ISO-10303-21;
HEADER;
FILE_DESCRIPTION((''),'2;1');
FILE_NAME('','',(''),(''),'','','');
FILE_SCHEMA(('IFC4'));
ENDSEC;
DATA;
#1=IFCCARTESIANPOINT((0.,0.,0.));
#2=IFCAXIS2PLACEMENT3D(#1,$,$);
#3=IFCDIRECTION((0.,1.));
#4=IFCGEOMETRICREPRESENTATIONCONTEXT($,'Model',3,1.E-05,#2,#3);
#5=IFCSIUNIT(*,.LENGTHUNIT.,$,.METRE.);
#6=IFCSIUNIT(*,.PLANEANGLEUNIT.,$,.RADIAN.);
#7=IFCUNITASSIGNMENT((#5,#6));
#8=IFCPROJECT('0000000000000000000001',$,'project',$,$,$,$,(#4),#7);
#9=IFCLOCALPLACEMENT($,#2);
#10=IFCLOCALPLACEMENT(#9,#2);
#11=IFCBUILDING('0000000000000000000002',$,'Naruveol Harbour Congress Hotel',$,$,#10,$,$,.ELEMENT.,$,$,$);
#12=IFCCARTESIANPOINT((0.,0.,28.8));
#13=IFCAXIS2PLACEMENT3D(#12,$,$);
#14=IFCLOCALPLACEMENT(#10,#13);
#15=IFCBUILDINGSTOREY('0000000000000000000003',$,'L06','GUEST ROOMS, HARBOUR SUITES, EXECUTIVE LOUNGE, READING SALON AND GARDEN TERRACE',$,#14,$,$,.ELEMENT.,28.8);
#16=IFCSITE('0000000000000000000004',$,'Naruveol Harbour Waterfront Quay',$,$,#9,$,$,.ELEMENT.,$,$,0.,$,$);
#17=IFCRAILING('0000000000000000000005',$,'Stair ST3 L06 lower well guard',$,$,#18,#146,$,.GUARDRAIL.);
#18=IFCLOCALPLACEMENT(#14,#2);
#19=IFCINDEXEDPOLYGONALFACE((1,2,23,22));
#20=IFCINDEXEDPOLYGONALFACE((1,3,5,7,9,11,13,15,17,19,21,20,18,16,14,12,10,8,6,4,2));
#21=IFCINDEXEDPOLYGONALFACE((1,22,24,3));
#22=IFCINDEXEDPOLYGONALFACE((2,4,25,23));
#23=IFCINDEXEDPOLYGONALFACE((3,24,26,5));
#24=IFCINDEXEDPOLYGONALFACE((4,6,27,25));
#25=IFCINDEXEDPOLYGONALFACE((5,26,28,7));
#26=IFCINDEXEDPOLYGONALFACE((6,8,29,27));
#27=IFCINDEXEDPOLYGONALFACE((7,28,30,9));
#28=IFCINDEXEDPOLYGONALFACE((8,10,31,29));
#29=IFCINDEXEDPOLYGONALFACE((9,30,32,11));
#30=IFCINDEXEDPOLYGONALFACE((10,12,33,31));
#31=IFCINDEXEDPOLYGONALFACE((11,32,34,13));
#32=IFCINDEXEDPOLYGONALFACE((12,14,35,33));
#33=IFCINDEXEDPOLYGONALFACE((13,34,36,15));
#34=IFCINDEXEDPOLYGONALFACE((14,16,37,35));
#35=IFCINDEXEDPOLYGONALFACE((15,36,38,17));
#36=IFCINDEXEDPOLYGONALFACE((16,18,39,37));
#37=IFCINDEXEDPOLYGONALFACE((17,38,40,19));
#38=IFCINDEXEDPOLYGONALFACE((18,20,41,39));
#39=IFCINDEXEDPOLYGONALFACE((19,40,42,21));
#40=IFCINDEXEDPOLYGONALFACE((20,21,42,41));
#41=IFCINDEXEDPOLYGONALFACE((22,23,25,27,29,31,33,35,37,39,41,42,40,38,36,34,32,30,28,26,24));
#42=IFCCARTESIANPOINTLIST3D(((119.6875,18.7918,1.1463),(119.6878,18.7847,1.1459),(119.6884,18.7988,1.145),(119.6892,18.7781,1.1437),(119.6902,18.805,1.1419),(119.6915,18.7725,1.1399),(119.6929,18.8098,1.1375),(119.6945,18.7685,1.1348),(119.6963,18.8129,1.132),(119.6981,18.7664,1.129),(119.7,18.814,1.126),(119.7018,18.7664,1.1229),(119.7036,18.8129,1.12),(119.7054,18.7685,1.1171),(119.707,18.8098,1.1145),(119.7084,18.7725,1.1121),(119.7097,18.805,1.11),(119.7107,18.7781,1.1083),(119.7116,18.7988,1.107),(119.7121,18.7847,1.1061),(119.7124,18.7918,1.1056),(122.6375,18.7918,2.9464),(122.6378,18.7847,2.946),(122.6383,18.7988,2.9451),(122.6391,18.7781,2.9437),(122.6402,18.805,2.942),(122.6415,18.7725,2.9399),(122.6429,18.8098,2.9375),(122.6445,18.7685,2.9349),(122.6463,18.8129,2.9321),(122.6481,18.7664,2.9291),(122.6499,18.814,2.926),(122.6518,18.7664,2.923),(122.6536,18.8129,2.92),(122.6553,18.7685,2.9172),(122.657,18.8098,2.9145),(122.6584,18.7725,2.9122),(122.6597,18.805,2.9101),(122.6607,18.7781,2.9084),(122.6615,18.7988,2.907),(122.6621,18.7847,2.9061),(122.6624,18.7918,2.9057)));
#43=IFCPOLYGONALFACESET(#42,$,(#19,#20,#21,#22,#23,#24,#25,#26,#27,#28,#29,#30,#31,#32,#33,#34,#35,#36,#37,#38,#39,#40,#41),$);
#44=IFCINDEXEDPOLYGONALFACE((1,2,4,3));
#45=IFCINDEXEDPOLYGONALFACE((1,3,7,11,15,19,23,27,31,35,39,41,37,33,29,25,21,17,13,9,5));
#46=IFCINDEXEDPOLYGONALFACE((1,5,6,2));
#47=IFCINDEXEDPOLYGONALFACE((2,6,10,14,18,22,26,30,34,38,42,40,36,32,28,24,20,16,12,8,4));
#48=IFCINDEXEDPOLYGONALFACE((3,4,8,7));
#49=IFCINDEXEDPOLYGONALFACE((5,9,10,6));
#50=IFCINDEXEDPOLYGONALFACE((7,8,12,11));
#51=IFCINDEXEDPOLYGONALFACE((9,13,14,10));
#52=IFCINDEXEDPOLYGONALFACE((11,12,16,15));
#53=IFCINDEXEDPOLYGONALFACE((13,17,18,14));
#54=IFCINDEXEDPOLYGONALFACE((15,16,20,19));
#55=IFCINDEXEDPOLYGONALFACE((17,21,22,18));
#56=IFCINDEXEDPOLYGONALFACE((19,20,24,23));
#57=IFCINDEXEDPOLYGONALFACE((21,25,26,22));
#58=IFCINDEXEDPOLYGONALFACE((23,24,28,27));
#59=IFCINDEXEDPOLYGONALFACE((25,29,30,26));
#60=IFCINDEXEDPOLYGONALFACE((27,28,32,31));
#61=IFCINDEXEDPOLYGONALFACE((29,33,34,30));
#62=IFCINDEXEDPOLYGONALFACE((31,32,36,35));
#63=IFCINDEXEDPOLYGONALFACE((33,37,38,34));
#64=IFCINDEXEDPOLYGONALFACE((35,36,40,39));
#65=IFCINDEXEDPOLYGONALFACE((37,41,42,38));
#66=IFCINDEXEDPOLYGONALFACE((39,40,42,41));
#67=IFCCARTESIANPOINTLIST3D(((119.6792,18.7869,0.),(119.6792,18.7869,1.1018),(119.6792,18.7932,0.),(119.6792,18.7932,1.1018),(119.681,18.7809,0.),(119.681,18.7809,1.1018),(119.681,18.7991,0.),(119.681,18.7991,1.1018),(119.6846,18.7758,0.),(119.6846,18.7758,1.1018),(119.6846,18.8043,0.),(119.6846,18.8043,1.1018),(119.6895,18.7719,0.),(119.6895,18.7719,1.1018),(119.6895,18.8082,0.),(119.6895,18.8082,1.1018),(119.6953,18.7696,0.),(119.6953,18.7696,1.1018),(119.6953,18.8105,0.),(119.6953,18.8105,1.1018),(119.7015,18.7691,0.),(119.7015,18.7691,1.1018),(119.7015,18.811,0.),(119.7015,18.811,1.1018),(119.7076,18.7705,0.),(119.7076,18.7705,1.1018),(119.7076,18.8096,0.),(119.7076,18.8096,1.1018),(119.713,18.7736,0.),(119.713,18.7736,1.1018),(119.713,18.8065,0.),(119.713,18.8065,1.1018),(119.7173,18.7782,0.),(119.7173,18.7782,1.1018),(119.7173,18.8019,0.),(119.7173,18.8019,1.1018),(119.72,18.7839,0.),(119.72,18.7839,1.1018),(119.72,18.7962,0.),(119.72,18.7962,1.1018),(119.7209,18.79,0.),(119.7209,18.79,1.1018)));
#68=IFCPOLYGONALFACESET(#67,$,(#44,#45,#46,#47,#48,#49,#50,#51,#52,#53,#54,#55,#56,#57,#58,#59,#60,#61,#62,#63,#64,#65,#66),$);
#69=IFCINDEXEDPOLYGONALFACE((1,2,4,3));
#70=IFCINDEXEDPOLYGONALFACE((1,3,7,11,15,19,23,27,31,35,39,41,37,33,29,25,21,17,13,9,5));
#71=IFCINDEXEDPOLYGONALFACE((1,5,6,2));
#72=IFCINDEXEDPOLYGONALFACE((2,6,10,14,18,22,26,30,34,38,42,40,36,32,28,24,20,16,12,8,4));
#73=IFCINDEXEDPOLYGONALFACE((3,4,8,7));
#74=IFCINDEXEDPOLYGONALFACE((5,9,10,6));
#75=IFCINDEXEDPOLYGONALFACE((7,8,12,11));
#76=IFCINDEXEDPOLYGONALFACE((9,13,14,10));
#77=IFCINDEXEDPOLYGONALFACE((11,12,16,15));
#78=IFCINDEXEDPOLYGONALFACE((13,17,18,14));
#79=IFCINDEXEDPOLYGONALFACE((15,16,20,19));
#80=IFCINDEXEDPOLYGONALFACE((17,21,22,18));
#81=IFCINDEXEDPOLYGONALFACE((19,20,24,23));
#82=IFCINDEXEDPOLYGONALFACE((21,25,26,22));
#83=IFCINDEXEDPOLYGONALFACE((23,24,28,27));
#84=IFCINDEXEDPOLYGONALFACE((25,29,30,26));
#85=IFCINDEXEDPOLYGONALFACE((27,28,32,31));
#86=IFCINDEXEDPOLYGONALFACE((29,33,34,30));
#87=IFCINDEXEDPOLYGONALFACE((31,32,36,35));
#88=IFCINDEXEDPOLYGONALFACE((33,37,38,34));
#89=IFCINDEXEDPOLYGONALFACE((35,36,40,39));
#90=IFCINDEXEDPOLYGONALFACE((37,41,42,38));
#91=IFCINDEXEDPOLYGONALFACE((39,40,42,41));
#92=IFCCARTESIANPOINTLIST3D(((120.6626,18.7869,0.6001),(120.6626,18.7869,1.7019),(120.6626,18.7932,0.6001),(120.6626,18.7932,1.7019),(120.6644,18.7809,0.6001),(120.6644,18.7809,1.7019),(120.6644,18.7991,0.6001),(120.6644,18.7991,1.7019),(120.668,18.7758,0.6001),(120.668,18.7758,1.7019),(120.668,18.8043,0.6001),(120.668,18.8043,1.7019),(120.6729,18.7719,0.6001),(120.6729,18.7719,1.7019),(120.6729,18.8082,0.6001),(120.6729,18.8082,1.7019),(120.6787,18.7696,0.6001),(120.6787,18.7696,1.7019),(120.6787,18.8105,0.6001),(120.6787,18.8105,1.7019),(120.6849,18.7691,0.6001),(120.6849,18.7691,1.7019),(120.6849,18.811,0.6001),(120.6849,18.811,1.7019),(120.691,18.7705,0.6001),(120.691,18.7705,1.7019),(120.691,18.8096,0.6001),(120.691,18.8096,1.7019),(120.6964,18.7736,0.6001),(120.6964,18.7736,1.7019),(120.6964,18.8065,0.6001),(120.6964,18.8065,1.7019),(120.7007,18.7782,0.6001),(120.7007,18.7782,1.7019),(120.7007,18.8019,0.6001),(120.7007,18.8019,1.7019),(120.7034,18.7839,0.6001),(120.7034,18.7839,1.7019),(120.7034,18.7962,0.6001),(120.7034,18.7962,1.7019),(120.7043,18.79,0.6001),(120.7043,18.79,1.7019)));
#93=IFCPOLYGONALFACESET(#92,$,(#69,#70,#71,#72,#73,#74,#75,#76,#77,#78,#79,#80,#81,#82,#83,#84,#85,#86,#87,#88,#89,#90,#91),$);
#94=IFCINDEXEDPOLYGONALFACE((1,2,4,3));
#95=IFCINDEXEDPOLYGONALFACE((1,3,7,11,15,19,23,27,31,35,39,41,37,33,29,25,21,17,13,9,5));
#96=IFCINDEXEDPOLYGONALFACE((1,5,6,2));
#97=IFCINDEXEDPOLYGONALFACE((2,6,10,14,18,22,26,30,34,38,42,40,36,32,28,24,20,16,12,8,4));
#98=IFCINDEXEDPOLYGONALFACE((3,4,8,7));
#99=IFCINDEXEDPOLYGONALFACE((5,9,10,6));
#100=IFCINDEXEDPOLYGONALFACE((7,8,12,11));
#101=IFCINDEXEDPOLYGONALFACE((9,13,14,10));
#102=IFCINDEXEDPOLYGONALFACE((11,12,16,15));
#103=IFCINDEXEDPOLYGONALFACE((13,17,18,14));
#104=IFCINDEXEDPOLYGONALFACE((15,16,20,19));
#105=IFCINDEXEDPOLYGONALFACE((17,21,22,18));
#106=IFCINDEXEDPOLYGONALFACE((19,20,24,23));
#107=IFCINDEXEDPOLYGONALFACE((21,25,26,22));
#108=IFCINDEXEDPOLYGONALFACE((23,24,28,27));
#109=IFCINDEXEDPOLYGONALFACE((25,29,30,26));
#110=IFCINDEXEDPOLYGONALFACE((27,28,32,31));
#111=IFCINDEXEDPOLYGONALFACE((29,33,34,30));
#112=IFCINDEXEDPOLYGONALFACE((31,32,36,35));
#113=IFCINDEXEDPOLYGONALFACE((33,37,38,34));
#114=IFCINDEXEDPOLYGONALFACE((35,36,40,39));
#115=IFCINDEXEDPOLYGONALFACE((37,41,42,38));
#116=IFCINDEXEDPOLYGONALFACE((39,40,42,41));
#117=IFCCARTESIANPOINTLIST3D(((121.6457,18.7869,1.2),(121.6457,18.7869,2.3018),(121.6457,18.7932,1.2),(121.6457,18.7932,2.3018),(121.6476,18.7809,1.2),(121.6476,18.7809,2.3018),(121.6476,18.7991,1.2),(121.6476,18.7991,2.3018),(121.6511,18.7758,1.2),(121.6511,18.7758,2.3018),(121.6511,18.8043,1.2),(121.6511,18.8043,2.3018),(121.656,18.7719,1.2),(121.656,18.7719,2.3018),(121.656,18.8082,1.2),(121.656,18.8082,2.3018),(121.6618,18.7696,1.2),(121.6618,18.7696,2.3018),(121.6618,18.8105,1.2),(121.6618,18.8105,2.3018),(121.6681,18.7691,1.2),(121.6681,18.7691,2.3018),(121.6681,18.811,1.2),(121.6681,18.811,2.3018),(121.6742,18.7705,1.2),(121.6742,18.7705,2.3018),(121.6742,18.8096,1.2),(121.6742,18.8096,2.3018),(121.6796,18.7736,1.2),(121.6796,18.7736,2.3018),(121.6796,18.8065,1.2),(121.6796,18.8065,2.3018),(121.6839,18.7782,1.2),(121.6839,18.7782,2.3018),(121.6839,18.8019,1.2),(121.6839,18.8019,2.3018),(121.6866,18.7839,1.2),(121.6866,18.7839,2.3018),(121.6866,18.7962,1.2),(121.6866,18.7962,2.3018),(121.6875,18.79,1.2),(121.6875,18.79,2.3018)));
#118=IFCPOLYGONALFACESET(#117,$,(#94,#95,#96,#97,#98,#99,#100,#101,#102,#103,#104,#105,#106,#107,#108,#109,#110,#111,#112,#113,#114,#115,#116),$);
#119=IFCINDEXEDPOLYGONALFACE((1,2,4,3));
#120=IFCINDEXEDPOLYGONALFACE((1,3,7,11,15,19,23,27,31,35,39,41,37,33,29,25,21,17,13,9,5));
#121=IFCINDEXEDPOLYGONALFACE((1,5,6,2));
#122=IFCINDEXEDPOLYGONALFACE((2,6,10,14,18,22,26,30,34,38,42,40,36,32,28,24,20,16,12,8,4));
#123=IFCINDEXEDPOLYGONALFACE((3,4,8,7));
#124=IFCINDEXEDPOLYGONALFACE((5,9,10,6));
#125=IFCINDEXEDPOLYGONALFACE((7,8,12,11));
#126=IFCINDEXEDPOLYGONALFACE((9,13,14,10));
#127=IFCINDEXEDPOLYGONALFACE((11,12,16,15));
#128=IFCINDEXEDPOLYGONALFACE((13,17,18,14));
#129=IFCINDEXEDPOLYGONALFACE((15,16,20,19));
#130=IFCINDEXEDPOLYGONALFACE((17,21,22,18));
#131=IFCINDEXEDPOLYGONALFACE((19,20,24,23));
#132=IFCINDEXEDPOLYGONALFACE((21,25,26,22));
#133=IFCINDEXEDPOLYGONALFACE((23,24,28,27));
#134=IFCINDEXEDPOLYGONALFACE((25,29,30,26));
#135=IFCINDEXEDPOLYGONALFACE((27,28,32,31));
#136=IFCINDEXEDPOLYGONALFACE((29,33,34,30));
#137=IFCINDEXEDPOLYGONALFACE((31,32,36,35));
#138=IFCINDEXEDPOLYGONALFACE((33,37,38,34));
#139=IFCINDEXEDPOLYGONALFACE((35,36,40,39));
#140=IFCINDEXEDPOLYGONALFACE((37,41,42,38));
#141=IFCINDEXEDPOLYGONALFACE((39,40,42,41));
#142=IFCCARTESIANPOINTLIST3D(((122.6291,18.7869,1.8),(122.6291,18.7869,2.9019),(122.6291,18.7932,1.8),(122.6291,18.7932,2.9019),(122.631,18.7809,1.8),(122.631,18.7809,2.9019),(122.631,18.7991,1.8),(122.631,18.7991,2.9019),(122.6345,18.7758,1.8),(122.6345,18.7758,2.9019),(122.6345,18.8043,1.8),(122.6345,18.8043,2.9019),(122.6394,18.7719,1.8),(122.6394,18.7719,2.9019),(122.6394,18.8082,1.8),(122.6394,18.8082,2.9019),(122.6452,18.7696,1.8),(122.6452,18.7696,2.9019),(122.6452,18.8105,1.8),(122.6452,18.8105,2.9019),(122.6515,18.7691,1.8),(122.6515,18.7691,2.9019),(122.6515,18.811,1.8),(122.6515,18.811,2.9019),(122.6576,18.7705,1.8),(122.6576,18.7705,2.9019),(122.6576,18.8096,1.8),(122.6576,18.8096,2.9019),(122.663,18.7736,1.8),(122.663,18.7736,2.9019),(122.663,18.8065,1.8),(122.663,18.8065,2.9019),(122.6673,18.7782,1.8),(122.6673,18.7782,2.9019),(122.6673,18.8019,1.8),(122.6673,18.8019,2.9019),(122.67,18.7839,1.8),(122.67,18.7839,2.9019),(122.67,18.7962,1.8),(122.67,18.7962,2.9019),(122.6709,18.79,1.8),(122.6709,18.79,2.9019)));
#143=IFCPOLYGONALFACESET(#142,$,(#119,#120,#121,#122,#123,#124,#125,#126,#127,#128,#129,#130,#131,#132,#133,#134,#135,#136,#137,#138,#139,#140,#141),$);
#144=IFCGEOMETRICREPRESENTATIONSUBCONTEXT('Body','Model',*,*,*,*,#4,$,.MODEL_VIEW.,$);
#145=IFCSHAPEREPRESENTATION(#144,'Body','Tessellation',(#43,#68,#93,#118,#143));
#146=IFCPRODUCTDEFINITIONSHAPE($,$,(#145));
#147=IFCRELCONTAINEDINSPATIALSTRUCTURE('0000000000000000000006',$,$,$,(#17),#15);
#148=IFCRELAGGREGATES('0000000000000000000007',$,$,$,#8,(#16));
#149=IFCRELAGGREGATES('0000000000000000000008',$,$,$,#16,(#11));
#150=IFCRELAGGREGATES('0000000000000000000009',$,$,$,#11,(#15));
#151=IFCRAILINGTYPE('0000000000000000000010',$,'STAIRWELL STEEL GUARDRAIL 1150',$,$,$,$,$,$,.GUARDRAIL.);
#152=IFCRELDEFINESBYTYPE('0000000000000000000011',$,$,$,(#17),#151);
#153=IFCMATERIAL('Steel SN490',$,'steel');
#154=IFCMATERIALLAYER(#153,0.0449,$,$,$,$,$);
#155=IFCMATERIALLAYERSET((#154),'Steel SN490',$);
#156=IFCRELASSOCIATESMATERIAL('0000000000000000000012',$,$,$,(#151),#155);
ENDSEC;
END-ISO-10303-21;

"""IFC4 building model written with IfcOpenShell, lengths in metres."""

from ifc_helpers import new_model, si_unit, direction, frame, origin, origin_2d, place, context, subcontext, project, spatial, circle, extrude, material, layer, layer_set, type_object, element, save


model = new_model("IFC4")

# Units and contexts
model_context = context("Model", 3, precision=1e-05, world=origin(), true_north=direction((0.0, 1.0)))
body_context = subcontext(model_context, "Body", "Model", "MODEL_VIEW")
ifc_project = project(units=[si_unit("LENGTHUNIT", "METRE"), si_unit("PLANEANGLEUNIT", "RADIAN")], contexts=[model_context])

# Site, building, storey
site_placement = place(None, origin())
site = spatial("IfcSite", under=ifc_project, at=site_placement, Name="Naruveol Harbour Waterfront Quay", CompositionType="ELEMENT", RefElevation=0.0)
building_placement = place(site_placement, origin())
building = spatial("IfcBuilding", under=site, at=building_placement, Name="Naruveol Harbour Congress Hotel", CompositionType="ELEMENT")
storey_placement = place(building_placement, frame((0.0, 0.0, 28.8)))
storey = spatial("IfcBuildingStorey", under=building, at=storey_placement, Name="L06", Description="GUEST ROOMS, HARBOUR SUITES, EXECUTIVE LOUNGE, READING SALON AND GARDEN TERRACE", CompositionType="ELEMENT", Elevation=28.8)

# Railing
ifc_material_1 = material(Name="Steel SN490", Category="steel")
ifc_layer_1 = layer(ifc_material_1, 0.0449)
ifc_layer_set_1 = layer_set([ifc_layer_1], Name="Steel SN490")
railing_type_1 = type_object("IfcRailingType", Name="STAIRWELL STEEL GUARDRAIL 1150", PredefinedType="GUARDRAIL", material=ifc_layer_set_1)
railing_1_placement = place(storey_placement, frame((119.7, 18.79, 0.0)))
element("IfcRailing", 1, at=railing_1_placement, inside=storey, type_object=railing_type_1, Name="Stair ST3 L06 lower well guard", PredefinedType="GUARDRAIL", context=body_context, shape_type="SweptSolid", body=[
    extrude(circle(Radius=0.0239, at=origin_2d()), frame((0.0, 0.0, 1.126), z_axis=(0.853629, 0.0, 0.520881), x_axis=(0.0, 1.0, 0.0)), (0.0, 0.0, 1.0), 3.4558),
    extrude(circle(Radius=0.021, at=origin_2d()), origin(), (0.0, 0.0, 1.0), 1.1018),
    extrude(circle(Radius=0.021, at=origin_2d()), frame((0.9834, 0.0, 0.6001)), (0.0, 0.0, 1.0), 1.1018),
    extrude(circle(Radius=0.021, at=origin_2d()), frame((1.9666, 0.0, 1.2)), (0.0, 0.0, 1.0), 1.1018),
    extrude(circle(Radius=0.021, at=origin_2d()), frame((2.95, 0.0, 1.8)), (0.0, 0.0, 1.0), 1.1018),
])

save(model, "model.ifc")
